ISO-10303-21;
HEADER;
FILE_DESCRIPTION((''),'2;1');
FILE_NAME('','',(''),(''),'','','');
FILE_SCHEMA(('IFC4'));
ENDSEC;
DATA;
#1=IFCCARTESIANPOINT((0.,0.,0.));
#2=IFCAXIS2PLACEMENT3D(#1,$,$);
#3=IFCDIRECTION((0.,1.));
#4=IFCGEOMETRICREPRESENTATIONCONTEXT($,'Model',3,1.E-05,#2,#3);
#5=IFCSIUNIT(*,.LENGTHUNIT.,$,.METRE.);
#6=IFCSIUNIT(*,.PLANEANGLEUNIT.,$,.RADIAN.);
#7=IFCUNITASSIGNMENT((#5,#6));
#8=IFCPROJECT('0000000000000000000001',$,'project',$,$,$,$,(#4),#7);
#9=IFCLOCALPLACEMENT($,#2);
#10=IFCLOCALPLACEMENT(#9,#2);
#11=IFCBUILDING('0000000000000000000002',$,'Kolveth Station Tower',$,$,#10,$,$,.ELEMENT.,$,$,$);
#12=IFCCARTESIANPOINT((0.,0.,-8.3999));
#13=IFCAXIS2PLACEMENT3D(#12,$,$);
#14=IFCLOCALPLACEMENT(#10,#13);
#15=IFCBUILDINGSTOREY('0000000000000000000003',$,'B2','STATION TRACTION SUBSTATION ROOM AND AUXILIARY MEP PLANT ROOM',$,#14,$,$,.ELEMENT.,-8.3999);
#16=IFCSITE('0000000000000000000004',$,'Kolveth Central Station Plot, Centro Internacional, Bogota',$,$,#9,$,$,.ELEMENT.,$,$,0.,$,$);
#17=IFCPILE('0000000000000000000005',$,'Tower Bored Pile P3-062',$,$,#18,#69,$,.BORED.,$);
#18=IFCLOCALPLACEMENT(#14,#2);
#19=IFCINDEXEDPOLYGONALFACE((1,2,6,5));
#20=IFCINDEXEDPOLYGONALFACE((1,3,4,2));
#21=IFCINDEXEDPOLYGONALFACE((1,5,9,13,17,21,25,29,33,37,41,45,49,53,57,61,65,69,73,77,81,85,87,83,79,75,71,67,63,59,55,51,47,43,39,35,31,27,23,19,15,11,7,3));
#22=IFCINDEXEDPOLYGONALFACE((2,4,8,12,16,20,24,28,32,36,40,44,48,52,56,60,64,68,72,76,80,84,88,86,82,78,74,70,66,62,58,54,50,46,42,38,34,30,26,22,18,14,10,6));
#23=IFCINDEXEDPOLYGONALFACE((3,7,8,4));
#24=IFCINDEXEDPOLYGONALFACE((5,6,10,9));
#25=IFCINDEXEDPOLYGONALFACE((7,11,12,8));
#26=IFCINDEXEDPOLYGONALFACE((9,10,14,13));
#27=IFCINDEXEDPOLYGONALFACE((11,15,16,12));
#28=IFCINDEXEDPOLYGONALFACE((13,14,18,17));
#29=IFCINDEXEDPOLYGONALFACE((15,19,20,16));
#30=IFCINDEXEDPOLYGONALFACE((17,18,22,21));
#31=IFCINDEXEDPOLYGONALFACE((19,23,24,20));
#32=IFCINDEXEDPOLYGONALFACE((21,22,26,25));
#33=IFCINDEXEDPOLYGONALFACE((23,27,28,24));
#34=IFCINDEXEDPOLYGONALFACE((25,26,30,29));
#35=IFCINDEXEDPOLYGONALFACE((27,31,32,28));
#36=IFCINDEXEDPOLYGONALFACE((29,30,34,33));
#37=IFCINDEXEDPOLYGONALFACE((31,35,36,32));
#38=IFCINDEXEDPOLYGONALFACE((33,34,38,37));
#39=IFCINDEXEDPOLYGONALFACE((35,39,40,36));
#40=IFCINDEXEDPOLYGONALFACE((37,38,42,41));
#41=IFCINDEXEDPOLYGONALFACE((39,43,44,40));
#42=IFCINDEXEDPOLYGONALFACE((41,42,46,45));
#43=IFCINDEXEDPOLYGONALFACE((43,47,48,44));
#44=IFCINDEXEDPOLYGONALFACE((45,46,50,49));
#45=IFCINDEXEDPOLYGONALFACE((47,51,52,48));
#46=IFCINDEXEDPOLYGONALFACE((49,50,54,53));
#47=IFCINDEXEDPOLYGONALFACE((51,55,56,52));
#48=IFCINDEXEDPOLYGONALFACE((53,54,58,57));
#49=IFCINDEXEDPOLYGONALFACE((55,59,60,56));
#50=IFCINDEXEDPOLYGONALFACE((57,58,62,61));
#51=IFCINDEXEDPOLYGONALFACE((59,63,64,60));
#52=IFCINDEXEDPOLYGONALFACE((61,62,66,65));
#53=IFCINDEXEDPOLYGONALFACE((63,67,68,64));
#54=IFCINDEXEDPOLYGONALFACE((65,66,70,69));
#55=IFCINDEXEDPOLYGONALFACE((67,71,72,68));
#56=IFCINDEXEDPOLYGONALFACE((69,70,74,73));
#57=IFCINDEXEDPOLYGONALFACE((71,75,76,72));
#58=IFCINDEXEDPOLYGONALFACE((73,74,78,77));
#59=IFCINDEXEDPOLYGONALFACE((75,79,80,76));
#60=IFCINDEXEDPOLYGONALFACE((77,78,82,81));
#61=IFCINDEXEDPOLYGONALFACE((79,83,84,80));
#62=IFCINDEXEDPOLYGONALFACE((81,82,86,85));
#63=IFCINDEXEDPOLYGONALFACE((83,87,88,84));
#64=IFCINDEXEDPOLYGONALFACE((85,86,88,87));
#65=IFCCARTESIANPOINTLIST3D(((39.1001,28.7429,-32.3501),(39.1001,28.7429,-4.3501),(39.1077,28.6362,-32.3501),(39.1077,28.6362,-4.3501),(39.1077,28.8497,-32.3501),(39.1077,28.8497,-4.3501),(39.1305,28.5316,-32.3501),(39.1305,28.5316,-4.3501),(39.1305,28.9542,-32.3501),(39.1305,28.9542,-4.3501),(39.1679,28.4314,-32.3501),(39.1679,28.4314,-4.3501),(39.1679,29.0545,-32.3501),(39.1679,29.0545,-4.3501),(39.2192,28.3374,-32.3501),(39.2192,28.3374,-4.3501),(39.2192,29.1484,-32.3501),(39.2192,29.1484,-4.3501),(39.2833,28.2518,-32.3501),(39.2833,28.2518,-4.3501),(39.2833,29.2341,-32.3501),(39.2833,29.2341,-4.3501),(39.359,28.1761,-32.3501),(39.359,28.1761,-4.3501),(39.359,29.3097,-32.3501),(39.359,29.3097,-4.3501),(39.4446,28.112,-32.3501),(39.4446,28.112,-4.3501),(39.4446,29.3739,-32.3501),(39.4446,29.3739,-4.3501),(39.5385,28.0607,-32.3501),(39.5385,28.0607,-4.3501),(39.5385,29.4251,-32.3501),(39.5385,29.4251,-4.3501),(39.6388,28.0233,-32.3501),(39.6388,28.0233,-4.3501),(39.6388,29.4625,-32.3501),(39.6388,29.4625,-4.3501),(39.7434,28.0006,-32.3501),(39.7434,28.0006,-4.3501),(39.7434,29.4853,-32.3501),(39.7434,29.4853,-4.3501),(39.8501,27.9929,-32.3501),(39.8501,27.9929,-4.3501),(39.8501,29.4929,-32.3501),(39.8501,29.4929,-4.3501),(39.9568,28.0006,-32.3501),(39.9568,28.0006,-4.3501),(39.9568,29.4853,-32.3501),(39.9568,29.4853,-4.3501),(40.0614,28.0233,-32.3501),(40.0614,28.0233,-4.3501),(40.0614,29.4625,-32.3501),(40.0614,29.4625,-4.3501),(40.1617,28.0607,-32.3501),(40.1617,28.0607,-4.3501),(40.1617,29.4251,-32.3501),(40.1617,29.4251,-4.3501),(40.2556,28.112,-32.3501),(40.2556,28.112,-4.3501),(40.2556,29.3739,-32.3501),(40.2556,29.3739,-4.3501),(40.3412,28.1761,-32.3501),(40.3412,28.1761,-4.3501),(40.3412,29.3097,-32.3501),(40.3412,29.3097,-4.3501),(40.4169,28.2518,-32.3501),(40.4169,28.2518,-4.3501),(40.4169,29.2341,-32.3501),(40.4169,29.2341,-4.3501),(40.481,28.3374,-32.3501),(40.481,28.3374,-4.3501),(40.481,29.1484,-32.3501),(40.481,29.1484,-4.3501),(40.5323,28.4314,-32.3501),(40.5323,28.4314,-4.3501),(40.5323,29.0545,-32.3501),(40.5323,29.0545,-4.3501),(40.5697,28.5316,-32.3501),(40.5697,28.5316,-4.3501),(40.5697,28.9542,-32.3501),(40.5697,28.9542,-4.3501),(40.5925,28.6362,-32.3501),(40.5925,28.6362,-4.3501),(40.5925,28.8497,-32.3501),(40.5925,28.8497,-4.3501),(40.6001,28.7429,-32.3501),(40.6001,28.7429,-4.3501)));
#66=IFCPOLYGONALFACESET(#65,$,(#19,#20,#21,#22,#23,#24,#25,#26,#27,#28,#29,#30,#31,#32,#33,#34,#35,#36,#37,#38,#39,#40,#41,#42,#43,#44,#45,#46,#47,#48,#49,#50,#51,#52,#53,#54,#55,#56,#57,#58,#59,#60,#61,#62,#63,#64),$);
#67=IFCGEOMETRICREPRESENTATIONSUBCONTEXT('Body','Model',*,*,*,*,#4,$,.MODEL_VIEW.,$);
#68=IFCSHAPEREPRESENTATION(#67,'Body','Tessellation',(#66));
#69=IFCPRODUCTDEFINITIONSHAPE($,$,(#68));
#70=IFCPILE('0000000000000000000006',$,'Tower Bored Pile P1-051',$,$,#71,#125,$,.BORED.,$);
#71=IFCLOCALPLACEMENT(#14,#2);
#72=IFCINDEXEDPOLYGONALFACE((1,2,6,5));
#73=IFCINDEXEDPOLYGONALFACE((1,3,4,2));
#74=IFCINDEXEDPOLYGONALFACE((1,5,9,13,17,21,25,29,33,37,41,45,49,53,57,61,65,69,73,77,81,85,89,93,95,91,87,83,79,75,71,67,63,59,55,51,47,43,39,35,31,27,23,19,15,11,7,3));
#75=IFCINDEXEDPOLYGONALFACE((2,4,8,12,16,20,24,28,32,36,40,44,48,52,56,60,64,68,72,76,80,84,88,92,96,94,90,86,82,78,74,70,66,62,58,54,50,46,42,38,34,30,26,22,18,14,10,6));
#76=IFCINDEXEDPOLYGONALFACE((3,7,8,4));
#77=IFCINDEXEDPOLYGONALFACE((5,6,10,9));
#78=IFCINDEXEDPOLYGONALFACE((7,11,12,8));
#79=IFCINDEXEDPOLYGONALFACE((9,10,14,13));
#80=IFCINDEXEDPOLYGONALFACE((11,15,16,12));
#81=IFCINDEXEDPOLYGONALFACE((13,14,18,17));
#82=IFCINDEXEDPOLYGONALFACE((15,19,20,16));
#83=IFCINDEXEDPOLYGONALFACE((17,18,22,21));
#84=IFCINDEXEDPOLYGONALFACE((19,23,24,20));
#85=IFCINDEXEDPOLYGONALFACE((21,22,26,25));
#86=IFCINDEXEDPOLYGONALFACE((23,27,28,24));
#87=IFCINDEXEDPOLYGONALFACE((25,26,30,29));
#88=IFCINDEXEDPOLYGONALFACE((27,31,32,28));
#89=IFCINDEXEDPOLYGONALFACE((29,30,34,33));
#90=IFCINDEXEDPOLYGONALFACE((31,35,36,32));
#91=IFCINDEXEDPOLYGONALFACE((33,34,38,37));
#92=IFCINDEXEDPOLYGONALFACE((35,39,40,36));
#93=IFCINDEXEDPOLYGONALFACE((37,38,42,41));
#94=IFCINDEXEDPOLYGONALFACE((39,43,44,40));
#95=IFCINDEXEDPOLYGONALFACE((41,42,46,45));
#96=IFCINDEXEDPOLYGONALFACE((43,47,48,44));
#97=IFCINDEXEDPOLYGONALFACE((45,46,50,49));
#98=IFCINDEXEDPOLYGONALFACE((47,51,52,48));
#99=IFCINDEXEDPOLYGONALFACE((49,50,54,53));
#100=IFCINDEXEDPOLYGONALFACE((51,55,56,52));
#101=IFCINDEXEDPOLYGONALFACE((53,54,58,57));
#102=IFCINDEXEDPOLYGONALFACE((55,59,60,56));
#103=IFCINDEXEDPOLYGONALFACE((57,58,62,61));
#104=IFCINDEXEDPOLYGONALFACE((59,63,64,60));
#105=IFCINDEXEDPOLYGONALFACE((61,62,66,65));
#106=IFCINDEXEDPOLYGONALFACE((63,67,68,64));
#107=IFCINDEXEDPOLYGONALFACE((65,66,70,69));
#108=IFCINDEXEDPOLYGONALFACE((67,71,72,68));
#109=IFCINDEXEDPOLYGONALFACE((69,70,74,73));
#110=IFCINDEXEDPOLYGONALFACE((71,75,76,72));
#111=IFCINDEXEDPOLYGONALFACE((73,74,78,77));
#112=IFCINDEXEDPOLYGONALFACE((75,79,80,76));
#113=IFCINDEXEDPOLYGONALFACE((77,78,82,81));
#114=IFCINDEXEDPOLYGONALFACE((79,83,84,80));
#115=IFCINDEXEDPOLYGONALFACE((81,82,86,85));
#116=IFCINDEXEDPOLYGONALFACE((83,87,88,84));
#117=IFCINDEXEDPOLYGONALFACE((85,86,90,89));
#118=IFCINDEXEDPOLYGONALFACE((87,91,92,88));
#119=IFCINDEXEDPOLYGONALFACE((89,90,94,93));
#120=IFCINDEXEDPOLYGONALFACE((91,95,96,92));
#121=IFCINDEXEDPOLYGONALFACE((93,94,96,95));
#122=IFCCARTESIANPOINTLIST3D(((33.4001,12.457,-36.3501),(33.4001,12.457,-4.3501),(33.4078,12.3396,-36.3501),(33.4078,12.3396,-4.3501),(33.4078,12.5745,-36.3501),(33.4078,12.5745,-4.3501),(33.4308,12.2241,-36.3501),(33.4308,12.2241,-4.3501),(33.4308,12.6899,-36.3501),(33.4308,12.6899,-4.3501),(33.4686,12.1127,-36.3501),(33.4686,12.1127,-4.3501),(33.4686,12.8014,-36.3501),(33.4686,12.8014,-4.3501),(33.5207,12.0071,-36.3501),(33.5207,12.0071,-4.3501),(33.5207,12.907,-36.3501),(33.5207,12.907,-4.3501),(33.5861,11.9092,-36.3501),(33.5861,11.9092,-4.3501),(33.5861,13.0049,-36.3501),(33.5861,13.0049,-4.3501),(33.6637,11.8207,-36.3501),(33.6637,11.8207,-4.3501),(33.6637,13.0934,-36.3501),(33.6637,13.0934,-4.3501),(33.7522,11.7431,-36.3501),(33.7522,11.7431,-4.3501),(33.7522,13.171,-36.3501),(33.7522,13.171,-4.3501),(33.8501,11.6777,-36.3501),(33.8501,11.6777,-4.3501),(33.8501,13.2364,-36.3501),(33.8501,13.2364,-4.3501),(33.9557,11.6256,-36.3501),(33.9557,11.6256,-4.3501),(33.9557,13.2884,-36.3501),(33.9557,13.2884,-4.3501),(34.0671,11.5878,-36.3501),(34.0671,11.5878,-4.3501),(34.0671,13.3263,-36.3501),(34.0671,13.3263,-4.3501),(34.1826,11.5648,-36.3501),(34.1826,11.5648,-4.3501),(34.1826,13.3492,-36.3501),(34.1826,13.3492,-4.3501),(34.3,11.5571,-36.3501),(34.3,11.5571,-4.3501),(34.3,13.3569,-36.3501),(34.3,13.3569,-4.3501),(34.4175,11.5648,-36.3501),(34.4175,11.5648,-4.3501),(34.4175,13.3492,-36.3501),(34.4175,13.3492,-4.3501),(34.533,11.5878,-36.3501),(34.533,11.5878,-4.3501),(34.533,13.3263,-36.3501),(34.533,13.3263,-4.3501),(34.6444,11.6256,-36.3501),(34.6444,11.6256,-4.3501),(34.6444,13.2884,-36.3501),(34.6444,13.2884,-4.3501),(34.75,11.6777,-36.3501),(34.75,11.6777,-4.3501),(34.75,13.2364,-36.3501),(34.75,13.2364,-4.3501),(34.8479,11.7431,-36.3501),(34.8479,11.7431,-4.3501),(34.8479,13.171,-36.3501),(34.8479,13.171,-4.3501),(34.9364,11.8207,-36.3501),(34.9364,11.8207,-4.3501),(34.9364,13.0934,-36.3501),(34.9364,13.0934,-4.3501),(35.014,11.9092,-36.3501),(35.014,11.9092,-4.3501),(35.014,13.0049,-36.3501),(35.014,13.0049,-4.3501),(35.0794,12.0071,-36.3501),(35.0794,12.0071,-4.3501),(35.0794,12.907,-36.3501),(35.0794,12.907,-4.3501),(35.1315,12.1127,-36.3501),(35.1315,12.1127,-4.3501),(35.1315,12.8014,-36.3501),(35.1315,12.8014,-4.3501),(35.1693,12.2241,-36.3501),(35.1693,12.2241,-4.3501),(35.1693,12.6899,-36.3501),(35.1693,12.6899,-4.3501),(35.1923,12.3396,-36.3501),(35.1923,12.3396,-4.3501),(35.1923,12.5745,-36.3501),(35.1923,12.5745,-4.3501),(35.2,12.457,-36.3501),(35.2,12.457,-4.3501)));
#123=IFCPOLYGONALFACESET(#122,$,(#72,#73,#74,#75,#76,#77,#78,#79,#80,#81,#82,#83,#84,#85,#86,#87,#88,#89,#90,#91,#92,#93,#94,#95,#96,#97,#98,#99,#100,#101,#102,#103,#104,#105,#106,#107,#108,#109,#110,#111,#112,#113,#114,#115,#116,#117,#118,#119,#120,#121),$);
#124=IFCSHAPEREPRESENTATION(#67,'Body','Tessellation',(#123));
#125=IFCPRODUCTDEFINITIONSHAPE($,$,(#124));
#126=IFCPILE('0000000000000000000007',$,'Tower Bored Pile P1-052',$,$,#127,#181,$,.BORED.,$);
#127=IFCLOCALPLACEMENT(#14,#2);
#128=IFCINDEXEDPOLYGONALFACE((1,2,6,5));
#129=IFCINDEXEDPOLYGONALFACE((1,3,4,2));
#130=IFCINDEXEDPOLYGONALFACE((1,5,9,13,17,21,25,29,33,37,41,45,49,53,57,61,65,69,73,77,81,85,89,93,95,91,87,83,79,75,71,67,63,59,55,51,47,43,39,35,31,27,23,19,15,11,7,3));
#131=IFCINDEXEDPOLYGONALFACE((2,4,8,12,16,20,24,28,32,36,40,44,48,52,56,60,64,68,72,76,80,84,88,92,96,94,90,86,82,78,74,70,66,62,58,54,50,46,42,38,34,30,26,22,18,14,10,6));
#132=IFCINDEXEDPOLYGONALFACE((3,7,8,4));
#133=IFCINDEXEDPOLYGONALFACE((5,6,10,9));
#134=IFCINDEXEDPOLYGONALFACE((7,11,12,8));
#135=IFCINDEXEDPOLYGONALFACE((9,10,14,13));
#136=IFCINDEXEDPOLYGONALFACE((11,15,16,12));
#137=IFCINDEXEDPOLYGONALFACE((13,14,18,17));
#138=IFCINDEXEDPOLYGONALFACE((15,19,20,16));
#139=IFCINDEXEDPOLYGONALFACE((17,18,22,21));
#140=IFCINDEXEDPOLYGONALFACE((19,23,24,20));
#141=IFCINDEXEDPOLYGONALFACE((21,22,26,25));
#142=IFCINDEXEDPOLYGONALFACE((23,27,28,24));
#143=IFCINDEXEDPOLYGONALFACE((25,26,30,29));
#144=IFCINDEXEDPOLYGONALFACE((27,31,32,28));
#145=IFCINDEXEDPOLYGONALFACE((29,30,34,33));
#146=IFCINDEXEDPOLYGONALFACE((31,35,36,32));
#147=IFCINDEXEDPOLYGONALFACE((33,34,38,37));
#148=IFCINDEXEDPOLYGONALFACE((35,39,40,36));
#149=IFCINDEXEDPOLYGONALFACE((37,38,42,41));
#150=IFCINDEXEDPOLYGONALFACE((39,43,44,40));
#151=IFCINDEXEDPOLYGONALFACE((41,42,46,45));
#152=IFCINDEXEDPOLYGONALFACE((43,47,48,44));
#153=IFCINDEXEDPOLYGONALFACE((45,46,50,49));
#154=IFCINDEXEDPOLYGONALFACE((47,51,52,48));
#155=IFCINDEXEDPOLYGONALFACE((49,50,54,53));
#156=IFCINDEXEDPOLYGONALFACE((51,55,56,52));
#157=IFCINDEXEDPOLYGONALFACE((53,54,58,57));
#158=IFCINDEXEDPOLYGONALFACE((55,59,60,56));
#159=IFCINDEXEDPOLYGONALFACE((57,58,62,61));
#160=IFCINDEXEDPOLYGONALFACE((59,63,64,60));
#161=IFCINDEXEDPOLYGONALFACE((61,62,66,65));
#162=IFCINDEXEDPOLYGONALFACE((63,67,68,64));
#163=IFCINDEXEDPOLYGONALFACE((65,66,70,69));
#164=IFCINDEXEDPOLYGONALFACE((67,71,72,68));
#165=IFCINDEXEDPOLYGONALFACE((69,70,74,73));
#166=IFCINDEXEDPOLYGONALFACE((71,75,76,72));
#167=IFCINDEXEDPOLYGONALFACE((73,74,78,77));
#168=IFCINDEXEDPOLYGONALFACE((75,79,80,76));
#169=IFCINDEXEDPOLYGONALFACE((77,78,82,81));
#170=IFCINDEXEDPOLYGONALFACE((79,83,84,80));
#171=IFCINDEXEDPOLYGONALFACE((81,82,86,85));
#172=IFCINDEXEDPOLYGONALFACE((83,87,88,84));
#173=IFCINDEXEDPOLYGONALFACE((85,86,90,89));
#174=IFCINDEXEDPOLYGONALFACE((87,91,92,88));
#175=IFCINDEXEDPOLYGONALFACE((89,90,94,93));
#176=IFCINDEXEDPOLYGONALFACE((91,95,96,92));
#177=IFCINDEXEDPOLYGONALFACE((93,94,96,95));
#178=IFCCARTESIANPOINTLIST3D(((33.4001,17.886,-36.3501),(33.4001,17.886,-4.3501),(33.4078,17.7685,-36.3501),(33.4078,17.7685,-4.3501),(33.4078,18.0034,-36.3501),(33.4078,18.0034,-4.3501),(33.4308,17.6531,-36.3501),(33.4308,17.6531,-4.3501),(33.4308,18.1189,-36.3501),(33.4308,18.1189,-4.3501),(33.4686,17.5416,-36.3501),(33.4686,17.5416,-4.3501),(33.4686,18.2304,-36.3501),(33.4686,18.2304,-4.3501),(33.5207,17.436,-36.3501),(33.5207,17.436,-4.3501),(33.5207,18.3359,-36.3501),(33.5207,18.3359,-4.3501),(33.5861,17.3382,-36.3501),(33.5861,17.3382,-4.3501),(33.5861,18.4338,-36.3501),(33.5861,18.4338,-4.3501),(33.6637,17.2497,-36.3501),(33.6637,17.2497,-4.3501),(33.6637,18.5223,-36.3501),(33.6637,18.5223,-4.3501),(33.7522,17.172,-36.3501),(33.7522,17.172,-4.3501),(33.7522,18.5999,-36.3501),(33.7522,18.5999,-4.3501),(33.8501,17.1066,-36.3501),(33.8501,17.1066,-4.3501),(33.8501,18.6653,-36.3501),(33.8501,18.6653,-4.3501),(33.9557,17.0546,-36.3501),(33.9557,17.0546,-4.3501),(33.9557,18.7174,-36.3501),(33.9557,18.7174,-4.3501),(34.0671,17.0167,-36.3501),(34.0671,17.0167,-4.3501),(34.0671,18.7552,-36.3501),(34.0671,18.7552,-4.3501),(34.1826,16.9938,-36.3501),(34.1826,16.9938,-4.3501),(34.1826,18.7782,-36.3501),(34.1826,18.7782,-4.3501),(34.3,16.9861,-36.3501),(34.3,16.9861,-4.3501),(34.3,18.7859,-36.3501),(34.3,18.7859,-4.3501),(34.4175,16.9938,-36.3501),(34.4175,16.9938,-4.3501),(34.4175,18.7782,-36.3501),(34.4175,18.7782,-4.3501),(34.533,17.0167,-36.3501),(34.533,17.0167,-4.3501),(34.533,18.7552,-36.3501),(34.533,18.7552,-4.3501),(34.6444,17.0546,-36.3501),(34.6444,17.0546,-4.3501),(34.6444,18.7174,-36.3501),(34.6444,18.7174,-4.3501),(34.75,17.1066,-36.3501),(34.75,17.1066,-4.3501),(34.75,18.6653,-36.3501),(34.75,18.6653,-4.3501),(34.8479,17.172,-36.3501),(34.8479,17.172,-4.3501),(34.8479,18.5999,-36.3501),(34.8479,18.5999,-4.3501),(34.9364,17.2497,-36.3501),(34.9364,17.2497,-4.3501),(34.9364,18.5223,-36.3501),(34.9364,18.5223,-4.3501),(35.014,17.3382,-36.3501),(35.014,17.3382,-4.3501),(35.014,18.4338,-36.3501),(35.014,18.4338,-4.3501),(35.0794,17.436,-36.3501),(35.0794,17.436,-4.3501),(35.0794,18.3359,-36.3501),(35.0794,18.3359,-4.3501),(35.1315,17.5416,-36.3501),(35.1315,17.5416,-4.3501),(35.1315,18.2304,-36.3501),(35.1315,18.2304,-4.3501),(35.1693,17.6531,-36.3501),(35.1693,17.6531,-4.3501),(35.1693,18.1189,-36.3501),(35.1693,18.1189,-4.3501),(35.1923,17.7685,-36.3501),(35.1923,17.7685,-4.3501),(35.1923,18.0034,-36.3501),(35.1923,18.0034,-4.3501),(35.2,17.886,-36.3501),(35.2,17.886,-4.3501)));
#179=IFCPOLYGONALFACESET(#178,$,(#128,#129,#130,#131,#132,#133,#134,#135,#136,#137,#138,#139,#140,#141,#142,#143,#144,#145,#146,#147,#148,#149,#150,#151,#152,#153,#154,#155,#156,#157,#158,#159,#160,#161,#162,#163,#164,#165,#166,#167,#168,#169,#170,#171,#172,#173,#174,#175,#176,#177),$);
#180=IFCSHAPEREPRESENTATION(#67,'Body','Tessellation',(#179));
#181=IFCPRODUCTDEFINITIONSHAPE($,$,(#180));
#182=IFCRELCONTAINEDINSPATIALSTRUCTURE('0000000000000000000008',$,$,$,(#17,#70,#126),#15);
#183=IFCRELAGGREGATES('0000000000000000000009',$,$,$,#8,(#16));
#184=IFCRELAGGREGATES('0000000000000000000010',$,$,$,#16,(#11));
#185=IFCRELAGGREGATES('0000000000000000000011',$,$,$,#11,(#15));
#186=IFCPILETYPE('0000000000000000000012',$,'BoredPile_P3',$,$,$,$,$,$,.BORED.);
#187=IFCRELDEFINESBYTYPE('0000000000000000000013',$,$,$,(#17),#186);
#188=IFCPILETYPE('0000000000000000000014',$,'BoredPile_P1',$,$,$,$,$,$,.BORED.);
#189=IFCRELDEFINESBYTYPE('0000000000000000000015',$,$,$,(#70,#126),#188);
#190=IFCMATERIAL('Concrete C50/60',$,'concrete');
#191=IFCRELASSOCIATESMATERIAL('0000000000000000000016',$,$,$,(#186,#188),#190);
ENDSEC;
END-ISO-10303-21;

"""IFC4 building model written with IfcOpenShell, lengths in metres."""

from ifc_helpers import new_model, si_unit, direction, frame, origin, origin_2d, place, context, subcontext, project, spatial, circle, extrude, source, transform, mapped, material, material_profile, profile_set, type_object, element, save


model = new_model("IFC4")

# Units and contexts
model_context = context("Model", 3, precision=1e-05, world=origin(), true_north=direction((0.0, 1.0)))
body_context = subcontext(model_context, "Body", "Model", "MODEL_VIEW")
ifc_project = project(units=[si_unit("LENGTHUNIT", "METRE"), si_unit("PLANEANGLEUNIT", "RADIAN")], contexts=[model_context])

# Site, building, storey
site_placement = place(None, origin())
site = spatial("IfcSite", under=ifc_project, at=site_placement, Name="Kolveth Central Station Plot, Centro Internacional, Bogota", CompositionType="ELEMENT", RefElevation=0.0)
building_placement = place(site_placement, origin())
building = spatial("IfcBuilding", under=site, at=building_placement, Name="Kolveth Station Tower", CompositionType="ELEMENT")
storey_placement = place(building_placement, frame((0.0, 0.0, -8.3999)))
storey = spatial("IfcBuildingStorey", under=building, at=storey_placement, Name="B2", Description="STATION TRACTION SUBSTATION ROOM AND AUXILIARY MEP PLANT ROOM", CompositionType="ELEMENT", Elevation=-8.3999)

# Piles
ifc_material_1 = material(Name="Concrete C50/60", Category="concrete")
ifc_material_profile_1 = material_profile(ifc_material_1, circle(Radius=0.75, at=origin_2d()), Name="PILE-D1500")
ifc_profile_set_1 = profile_set([ifc_material_profile_1], Name="Concrete C50/60")
pile_type_1 = type_object("IfcPileType", Name="BoredPile_P3", PredefinedType="BORED", material=ifc_profile_set_1)
shared_shape_1 = source(origin(), body_context, "Body", "SweptSolid", [
    extrude(circle(Radius=0.75, at=origin_2d()), origin(), (0.0, 0.0, 1.0), 28.0),
])
for number, where, z_axis, x_axis, name in (
    (1, (39.8501, 28.7429, -4.3501), (0.0, 0.0, -1.0), (1.0, 0.0, 0.0), "Tower Bored Pile P3-062"),
):
    element("IfcPile", number, at=place(storey_placement, frame(where, z_axis=z_axis, x_axis=x_axis)), inside=storey, type_object=pile_type_1, Name=name, PredefinedType="BORED", context=body_context, shape_type="MappedRepresentation", body=[
        mapped(shared_shape_1, transform((0.0, 0.0, 0.0), x_axis=(1.0, 0.0, 0.0), y_axis=(0.0, 1.0, 0.0), z_axis=(0.0, 0.0, 1.0), scale=1.0)),
    ])
ifc_material_profile_2 = material_profile(ifc_material_1, circle(Radius=0.8999, at=origin_2d()), Name="PILE-D1800")
ifc_profile_set_2 = profile_set([ifc_material_profile_2], Name="Concrete C50/60")
pile_type_2 = type_object("IfcPileType", Name="BoredPile_P1", PredefinedType="BORED", material=ifc_profile_set_2)
shared_shape_2 = source(origin(), body_context, "Body", "SweptSolid", [
    extrude(circle(Radius=0.8999, at=origin_2d()), origin(), (0.0, 0.0, 1.0), 32.0),
])
for number, where, z_axis, x_axis, name in (
    (2, (34.3, 12.457, -4.3501), (0.0, 0.0, -1.0), (1.0, 0.0, 0.0), "Tower Bored Pile P1-051"),
    (3, (34.3, 17.886, -4.3501), (0.0, 0.0, -1.0), (1.0, 0.0, 0.0), "Tower Bored Pile P1-052"),
):
    element("IfcPile", number, at=place(storey_placement, frame(where, z_axis=z_axis, x_axis=x_axis)), inside=storey, type_object=pile_type_2, Name=name, PredefinedType="BORED", context=body_context, shape_type="MappedRepresentation", body=[
        mapped(shared_shape_2, transform((0.0, 0.0, 0.0), x_axis=(1.0, 0.0, 0.0), y_axis=(0.0, 1.0, 0.0), z_axis=(0.0, 0.0, 1.0), scale=1.0)),
    ])

save(model, "model.ifc")
